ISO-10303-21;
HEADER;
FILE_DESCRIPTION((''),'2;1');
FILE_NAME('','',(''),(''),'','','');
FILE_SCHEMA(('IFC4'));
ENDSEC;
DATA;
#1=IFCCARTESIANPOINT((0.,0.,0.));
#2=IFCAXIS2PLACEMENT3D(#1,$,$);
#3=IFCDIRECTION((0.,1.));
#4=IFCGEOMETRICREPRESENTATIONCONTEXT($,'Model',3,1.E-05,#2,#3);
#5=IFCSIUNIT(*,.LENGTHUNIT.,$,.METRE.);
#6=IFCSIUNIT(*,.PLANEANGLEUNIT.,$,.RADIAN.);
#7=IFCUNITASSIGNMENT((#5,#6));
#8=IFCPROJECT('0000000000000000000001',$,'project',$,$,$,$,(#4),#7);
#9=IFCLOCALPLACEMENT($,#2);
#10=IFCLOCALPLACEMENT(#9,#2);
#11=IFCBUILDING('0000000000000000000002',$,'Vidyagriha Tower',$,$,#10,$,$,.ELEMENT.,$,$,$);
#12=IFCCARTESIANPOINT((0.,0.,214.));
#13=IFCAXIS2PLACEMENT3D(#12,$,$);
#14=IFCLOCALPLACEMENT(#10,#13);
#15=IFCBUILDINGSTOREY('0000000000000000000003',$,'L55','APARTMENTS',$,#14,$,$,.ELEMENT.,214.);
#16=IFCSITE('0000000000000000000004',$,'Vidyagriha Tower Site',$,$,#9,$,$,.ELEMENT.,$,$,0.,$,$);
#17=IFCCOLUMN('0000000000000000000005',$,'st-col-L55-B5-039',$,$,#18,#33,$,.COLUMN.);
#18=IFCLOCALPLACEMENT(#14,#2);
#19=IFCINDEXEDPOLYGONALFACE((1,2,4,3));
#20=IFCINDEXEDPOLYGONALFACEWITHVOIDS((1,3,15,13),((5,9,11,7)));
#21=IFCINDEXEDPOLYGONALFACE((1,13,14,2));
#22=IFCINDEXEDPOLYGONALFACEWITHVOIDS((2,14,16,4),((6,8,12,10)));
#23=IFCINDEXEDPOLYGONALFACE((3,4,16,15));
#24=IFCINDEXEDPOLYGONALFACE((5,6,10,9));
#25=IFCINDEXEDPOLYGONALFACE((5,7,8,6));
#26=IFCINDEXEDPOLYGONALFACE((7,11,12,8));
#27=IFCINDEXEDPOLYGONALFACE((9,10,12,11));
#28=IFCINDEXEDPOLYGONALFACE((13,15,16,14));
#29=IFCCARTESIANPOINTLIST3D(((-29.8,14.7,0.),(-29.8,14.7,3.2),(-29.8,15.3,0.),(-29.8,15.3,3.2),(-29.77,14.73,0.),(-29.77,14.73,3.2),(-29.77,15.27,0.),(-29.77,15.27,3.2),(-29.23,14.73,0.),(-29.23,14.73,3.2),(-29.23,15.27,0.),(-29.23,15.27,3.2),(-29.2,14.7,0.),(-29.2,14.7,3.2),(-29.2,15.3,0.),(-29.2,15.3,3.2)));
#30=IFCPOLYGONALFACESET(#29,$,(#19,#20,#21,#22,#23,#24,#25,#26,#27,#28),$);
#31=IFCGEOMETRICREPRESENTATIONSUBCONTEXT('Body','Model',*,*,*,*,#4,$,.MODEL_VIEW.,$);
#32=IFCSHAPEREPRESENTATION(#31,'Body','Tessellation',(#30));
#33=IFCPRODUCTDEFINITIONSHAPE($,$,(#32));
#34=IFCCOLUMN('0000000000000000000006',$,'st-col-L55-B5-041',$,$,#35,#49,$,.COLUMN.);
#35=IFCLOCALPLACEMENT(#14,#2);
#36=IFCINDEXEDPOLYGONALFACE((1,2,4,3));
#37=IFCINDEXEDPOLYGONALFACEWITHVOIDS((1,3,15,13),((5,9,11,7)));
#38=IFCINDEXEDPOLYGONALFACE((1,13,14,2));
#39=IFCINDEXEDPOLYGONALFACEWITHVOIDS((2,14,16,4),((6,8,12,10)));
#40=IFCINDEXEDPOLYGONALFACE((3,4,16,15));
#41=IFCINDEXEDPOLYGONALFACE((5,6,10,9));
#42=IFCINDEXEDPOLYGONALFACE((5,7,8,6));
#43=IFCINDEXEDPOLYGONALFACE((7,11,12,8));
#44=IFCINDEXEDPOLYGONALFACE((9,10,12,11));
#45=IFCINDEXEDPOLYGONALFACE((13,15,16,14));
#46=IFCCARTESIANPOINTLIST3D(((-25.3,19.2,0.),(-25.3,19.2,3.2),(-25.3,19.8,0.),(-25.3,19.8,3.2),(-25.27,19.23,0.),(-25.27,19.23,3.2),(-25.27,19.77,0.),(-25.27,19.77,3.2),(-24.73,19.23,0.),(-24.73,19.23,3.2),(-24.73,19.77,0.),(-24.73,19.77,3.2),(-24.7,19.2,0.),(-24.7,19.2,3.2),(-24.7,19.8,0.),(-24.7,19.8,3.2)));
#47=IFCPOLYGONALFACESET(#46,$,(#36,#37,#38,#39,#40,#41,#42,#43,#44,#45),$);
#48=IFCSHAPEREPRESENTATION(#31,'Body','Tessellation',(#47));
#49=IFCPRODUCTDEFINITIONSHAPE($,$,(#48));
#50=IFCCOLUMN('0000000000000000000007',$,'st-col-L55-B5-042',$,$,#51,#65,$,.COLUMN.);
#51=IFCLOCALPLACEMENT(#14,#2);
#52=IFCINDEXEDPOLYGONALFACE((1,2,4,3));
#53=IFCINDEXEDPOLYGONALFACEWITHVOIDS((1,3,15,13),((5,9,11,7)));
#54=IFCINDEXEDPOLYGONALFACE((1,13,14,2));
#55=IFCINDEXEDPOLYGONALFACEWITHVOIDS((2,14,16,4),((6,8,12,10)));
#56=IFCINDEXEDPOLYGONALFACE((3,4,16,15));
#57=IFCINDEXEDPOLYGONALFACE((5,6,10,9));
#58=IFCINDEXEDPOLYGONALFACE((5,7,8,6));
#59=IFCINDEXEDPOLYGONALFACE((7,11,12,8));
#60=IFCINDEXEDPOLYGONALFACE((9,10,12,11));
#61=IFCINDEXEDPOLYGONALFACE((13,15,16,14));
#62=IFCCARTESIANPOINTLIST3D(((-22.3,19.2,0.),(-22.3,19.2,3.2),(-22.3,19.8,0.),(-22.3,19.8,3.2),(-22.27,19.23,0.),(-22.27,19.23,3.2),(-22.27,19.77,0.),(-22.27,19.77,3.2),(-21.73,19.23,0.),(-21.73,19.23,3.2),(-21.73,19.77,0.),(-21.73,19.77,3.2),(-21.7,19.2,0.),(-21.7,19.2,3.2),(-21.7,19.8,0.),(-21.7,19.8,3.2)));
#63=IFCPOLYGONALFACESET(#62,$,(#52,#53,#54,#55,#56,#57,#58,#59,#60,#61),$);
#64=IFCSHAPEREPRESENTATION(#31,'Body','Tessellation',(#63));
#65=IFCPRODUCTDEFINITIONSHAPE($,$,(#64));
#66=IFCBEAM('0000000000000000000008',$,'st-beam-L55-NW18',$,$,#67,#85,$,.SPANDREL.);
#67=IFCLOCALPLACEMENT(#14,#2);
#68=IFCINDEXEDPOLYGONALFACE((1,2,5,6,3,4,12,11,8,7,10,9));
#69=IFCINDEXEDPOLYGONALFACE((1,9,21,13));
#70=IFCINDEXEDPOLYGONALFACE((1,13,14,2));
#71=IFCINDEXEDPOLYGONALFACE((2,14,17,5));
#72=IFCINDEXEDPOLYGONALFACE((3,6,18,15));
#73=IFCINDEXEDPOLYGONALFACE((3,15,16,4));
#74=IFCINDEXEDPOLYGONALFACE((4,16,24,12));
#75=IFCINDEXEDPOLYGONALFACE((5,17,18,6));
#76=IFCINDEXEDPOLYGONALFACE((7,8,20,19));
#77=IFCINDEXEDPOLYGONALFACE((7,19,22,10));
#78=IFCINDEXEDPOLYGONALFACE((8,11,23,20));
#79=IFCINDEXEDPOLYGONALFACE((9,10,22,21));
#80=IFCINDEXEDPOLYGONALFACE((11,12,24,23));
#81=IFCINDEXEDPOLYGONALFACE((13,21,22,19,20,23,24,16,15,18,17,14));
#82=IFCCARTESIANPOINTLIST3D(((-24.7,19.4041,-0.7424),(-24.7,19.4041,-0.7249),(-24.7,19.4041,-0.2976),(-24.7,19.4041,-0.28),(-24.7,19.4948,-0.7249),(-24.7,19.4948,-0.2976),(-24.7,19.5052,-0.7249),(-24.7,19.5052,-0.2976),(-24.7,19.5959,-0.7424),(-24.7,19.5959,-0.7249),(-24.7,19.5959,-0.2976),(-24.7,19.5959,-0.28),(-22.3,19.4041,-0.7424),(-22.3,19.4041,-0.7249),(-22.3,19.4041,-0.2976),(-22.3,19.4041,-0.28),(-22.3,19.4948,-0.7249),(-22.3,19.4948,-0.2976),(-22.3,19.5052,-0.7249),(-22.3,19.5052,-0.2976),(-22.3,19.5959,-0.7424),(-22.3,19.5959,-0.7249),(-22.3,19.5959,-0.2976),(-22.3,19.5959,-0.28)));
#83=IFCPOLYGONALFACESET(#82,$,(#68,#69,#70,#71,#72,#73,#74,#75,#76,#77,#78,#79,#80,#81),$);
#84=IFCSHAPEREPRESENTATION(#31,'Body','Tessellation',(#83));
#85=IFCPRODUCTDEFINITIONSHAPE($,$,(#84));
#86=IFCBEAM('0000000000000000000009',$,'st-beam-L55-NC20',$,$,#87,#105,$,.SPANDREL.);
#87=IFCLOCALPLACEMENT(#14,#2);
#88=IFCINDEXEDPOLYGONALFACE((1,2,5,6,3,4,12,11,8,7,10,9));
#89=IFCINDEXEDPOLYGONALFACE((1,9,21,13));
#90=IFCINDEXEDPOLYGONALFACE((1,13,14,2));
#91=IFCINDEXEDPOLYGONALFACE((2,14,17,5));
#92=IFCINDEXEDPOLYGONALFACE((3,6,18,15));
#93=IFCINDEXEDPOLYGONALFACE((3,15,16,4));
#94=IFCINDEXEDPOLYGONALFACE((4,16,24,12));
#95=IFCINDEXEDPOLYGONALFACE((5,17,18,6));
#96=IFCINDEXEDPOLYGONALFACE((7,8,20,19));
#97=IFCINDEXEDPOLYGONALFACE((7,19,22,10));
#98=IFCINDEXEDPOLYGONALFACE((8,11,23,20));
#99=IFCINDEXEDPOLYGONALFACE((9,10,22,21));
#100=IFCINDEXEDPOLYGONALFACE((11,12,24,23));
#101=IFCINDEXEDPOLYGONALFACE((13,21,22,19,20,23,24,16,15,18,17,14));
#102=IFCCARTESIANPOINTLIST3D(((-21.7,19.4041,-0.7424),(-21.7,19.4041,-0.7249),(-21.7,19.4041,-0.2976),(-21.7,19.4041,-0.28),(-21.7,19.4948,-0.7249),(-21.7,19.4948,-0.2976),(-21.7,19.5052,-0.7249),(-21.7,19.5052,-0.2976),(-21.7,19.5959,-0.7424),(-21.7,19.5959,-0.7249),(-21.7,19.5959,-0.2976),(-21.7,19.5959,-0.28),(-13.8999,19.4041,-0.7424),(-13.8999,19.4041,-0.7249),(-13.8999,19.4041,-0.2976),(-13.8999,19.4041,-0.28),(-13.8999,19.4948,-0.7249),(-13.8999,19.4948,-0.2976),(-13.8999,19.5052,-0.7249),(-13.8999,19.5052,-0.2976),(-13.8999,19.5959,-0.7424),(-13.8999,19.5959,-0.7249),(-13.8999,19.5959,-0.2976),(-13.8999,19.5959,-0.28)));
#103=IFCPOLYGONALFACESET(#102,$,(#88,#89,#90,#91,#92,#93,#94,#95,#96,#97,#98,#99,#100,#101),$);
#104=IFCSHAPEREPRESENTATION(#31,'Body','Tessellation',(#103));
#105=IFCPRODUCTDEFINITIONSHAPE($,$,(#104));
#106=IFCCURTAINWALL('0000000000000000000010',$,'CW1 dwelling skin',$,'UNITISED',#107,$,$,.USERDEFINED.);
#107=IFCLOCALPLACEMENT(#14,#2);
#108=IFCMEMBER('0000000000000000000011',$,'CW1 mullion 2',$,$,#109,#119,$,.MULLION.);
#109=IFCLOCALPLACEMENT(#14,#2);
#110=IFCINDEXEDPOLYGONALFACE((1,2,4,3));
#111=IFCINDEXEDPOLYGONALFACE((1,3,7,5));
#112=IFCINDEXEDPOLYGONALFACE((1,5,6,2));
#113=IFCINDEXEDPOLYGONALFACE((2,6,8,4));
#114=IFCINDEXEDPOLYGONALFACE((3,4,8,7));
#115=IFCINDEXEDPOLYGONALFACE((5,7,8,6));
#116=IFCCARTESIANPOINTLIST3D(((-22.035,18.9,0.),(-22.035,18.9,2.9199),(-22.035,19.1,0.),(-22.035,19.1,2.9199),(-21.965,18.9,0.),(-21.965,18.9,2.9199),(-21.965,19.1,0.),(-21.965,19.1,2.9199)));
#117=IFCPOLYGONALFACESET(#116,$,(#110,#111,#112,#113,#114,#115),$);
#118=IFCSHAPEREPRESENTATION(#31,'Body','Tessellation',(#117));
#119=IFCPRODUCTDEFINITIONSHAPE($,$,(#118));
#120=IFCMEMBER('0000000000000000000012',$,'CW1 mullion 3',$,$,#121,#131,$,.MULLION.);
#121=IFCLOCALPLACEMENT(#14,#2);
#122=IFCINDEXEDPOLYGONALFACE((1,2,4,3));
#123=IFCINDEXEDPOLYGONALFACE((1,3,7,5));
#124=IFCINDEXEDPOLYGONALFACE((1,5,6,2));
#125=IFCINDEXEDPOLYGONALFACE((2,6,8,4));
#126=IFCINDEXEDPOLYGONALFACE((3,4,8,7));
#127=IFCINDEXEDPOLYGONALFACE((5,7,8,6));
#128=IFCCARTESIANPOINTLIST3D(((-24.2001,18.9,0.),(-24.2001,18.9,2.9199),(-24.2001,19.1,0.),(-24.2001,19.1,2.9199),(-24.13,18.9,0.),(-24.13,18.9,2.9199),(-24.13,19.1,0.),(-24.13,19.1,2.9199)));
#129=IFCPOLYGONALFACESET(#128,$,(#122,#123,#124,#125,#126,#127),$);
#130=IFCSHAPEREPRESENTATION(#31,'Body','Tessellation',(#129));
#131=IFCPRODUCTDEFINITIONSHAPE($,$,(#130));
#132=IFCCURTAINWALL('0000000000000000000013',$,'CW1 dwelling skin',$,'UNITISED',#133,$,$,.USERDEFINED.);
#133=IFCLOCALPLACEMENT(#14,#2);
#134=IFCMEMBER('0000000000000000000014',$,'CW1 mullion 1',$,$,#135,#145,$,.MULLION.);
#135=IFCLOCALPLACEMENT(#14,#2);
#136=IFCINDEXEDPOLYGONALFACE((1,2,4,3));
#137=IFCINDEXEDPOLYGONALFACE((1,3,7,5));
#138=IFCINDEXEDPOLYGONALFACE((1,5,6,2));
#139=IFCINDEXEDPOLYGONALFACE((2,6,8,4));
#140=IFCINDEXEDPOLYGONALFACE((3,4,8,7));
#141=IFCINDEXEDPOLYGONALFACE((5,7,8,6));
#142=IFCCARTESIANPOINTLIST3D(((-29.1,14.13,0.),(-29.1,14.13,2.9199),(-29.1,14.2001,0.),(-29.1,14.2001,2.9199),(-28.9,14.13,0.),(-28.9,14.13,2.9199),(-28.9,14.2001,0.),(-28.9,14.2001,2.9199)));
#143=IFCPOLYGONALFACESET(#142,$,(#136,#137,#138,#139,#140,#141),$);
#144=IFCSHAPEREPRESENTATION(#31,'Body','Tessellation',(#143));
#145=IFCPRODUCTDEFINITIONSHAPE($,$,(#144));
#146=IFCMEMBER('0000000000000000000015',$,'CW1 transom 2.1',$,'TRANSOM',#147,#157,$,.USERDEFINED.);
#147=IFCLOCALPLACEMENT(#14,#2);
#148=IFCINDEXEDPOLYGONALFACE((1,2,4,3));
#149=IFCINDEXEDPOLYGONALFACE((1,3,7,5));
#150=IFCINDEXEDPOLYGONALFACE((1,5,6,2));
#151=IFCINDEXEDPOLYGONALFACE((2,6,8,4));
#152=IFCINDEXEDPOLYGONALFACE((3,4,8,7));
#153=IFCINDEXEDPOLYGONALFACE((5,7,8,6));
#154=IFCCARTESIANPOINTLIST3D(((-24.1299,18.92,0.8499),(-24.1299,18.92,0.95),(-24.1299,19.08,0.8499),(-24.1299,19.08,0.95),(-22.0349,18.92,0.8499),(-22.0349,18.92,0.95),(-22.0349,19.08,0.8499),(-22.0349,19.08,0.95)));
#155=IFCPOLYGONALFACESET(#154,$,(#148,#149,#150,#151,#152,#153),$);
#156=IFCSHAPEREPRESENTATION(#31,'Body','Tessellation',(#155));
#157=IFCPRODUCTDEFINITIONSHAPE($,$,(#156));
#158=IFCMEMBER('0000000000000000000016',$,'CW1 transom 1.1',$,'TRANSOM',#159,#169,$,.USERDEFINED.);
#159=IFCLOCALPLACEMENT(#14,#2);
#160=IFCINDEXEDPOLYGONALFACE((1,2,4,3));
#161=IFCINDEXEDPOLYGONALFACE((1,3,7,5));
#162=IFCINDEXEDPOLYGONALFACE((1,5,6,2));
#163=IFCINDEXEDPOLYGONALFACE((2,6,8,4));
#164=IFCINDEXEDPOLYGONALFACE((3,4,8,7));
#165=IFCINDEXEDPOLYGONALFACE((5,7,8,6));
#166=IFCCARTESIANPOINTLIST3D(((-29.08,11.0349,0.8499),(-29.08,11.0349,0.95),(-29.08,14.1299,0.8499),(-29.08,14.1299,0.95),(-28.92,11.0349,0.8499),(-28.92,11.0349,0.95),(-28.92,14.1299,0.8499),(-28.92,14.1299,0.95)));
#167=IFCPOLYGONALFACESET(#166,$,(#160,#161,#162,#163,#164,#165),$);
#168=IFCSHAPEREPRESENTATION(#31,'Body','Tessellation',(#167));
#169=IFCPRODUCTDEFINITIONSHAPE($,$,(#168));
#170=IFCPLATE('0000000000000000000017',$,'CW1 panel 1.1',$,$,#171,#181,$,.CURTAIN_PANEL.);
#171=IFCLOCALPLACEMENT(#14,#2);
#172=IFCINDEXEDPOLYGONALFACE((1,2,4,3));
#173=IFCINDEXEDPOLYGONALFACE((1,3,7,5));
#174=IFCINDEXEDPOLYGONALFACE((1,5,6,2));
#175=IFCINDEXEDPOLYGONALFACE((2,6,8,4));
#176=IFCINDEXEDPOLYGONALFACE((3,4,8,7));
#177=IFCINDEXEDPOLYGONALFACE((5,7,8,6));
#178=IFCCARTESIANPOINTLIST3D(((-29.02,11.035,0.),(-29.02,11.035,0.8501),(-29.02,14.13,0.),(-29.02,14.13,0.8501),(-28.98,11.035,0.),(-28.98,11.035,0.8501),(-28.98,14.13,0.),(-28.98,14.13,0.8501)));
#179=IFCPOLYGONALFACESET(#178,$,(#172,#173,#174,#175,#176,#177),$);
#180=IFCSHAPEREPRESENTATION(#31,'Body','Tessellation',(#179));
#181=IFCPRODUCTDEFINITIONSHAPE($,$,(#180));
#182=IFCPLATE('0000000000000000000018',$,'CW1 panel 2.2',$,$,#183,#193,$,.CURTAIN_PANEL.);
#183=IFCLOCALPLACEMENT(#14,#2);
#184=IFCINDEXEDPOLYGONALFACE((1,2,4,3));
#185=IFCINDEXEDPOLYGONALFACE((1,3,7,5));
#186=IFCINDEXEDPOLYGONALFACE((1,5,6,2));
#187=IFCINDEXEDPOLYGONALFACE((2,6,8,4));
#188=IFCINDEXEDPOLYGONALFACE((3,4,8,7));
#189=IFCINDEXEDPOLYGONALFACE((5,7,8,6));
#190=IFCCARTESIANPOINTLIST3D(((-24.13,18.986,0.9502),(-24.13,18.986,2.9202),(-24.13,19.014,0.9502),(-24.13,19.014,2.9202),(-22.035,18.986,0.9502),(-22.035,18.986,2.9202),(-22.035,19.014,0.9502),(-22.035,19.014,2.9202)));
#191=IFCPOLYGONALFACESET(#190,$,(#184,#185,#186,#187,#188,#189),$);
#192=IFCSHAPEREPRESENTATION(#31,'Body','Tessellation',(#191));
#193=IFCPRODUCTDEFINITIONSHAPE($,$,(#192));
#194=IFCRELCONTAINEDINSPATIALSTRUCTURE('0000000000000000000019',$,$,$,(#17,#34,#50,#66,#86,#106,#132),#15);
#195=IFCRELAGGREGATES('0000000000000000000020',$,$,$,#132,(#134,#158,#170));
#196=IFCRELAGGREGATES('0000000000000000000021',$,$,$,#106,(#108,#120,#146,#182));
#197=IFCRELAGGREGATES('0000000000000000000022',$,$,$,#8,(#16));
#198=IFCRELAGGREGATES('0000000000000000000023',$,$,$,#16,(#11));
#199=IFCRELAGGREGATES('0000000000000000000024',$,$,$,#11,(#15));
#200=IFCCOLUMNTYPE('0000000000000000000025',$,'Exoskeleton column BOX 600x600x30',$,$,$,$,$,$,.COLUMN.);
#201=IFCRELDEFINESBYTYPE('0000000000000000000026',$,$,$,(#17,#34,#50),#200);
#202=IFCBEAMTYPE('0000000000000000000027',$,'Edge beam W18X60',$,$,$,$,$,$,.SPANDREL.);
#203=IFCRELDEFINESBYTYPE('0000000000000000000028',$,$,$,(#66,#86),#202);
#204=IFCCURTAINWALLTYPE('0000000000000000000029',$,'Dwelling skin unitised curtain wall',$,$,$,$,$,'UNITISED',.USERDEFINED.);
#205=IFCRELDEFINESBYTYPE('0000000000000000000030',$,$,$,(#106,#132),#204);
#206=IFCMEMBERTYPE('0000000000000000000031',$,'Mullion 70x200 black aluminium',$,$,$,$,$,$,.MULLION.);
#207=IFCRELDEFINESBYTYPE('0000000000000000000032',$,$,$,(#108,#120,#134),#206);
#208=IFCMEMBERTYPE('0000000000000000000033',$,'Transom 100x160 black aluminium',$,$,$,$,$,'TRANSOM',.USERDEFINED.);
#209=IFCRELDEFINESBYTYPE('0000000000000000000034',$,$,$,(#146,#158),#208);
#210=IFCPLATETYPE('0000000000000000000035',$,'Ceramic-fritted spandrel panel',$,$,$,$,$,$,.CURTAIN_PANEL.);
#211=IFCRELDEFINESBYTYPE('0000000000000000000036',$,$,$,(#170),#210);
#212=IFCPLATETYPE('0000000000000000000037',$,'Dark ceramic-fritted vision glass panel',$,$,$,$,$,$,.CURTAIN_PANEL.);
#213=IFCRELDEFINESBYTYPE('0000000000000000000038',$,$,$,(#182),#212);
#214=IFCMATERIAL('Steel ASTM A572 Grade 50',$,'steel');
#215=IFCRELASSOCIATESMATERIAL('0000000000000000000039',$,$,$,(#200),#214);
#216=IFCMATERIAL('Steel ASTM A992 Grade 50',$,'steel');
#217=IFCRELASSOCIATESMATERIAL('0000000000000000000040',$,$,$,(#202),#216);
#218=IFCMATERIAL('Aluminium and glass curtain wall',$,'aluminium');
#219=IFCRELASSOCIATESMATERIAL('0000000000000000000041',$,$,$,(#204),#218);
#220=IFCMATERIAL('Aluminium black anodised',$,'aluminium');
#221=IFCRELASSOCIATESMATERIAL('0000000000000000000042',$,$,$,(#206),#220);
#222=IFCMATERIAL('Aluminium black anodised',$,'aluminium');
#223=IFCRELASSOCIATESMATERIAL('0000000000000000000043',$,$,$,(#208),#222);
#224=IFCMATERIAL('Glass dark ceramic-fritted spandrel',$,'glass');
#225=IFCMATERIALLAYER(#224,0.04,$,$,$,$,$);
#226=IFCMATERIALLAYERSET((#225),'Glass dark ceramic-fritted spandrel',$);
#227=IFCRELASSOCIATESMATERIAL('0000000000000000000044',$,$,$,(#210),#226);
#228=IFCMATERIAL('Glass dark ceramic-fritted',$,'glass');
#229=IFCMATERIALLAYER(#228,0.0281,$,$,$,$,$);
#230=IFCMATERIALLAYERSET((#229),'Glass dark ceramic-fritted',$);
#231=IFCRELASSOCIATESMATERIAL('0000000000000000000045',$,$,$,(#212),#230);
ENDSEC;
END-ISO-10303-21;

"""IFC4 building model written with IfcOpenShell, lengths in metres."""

from ifc_helpers import new_model, si_unit, direction, frame, origin, origin_2d, place, context, subcontext, project, spatial, rectangle, hollow_rectangle, i_section, extrude, material, layer, layer_set, material_profile, profile_set, type_object, element, aggregate, save


model = new_model("IFC4")

# Units and contexts
model_context = context("Model", 3, precision=1e-05, world=origin(), true_north=direction((0.0, 1.0)))
body_context = subcontext(model_context, "Body", "Model", "MODEL_VIEW")
ifc_project = project(units=[si_unit("LENGTHUNIT", "METRE"), si_unit("PLANEANGLEUNIT", "RADIAN")], contexts=[model_context])

# Site, building, storey
site_placement = place(None, origin())
site = spatial("IfcSite", under=ifc_project, at=site_placement, Name="Vidyagriha Tower Site", CompositionType="ELEMENT", RefElevation=0.0)
building_placement = place(site_placement, origin())
building = spatial("IfcBuilding", under=site, at=building_placement, Name="Vidyagriha Tower", CompositionType="ELEMENT")
storey_placement = place(building_placement, frame((0.0, 0.0, 214.0)))
storey = spatial("IfcBuildingStorey", under=building, at=storey_placement, Name="L55", Description="APARTMENTS", CompositionType="ELEMENT", Elevation=214.0)

# Columns
ifc_material_1 = material(Name="Steel ASTM A572 Grade 50", Category="steel")
ifc_material_profile_1 = material_profile(ifc_material_1, hollow_rectangle(XDim=0.6001, YDim=0.6001, WallThickness=0.03, at=origin_2d()), Name="BOX 600x600x30")
ifc_profile_set_1 = profile_set([ifc_material_profile_1], Name="Steel ASTM A572 Grade 50")
column_type = type_object("IfcColumnType", Name="Exoskeleton column BOX 600x600x30", PredefinedType="COLUMN", material=ifc_profile_set_1)
for number, where, name in (
    (1, (-29.5, 15.0, 0.0), "st-col-L55-B5-039"),
    (2, (-25.0, 19.5, 0.0), "st-col-L55-B5-041"),
    (3, (-22.0, 19.5, 0.0), "st-col-L55-B5-042"),
):
    element("IfcColumn", number, at=place(storey_placement, frame(where)), inside=storey, type_object=column_type, Name=name, PredefinedType="COLUMN", context=body_context, shape_type="SweptSolid", body=[
        extrude(hollow_rectangle(XDim=0.6001, YDim=0.6001, WallThickness=0.03, at=origin_2d()), origin(), (0.0, 0.0, 1.0), 3.2),
    ])

# Beams
ifc_material_2 = material(Name="Steel ASTM A992 Grade 50", Category="steel")
ifc_material_profile_2 = material_profile(ifc_material_2, i_section(OverallWidth=0.1919, OverallDepth=0.4624, WebThickness=0.0105, FlangeThickness=0.0176, at=origin_2d()), Name="W18X60")
ifc_profile_set_2 = profile_set([ifc_material_profile_2], Name="Steel ASTM A992 Grade 50")
beam_type = type_object("IfcBeamType", Name="Edge beam W18X60", PredefinedType="SPANDREL", material=ifc_profile_set_2)
beam_1_placement = place(storey_placement, frame((-24.7, 19.5, -0.5112), z_axis=(1.0, 0.0, 0.0), x_axis=(0.0, 1.0, 0.0)))
element("IfcBeam", 4, at=beam_1_placement, inside=storey, type_object=beam_type, Name="st-beam-L55-NW18", PredefinedType="SPANDREL", context=body_context, shape_type="SweptSolid", body=[
    extrude(i_section(OverallWidth=0.1919, OverallDepth=0.4624, WebThickness=0.0105, FlangeThickness=0.0176, at=origin_2d()), origin(), (0.0, 0.0, 1.0), 2.3999),
])
beam_2_placement = place(storey_placement, frame((-21.7, 19.5, -0.5112), z_axis=(1.0, 0.0, 0.0), x_axis=(0.0, 1.0, 0.0)))
element("IfcBeam", 5, at=beam_2_placement, inside=storey, type_object=beam_type, Name="st-beam-L55-NC20", PredefinedType="SPANDREL", context=body_context, shape_type="SweptSolid", body=[
    extrude(i_section(OverallWidth=0.1919, OverallDepth=0.4624, WebThickness=0.0105, FlangeThickness=0.0176, at=origin_2d()), origin(), (0.0, 0.0, 1.0), 7.8),
])

# Curtain wall, members
ifc_material_3 = material(Name="Aluminium and glass curtain wall", Category="aluminium")
curtain_wall_type = type_object("IfcCurtainWallType", Name="Dwelling skin unitised curtain wall", ElementType="UNITISED", PredefinedType="USERDEFINED", material=ifc_material_3)
curtain_wall_1_placement = place(storey_placement, origin())
curtain_wall_1 = element("IfcCurtainWall", 6, at=curtain_wall_1_placement, inside=storey, type_object=curtain_wall_type, Name="CW1 dwelling skin", ObjectType="UNITISED", PredefinedType="USERDEFINED")
ifc_material_4 = material(Name="Aluminium black anodised", Category="aluminium")
ifc_material_profile_3 = material_profile(ifc_material_4, rectangle(XDim=0.2, YDim=0.0701, at=origin_2d()), Name="Mullion 70x200 black aluminium")
ifc_profile_set_3 = profile_set([ifc_material_profile_3], Name="Aluminium black anodised")
member_type_1 = type_object("IfcMemberType", Name="Mullion 70x200 black aluminium", PredefinedType="MULLION", material=ifc_profile_set_3)
member_1_placement = place(storey_placement, frame((-22.0, 19.0, 0.0), z_axis=(0.0, 0.0, 1.0), x_axis=(0.0, -1.0, 0.0)))
member_1 = element("IfcMember", 7, at=member_1_placement, type_object=member_type_1, Name="CW1 mullion 2", PredefinedType="MULLION", context=body_context, shape_type="SweptSolid", body=[
    extrude(rectangle(XDim=0.2, YDim=0.0701, at=origin_2d()), origin(), (0.0, 0.0, 1.0), 2.9199),
])
member_2_placement = place(storey_placement, frame((-24.165, 19.0, 0.0), z_axis=(0.0, 0.0, 1.0), x_axis=(0.0, -1.0, 0.0)))
member_2 = element("IfcMember", 8, at=member_2_placement, type_object=member_type_1, Name="CW1 mullion 3", PredefinedType="MULLION", context=body_context, shape_type="SweptSolid", body=[
    extrude(rectangle(XDim=0.2, YDim=0.0701, at=origin_2d()), origin(), (0.0, 0.0, 1.0), 2.9199),
])

# Curtain wall, member
curtain_wall_2_placement = place(storey_placement, origin())
curtain_wall_2 = element("IfcCurtainWall", 9, at=curtain_wall_2_placement, inside=storey, type_object=curtain_wall_type, Name="CW1 dwelling skin", ObjectType="UNITISED", PredefinedType="USERDEFINED")
member_3_placement = place(storey_placement, frame((-29.0, 14.165, 0.0)))
member_3 = element("IfcMember", 10, at=member_3_placement, type_object=member_type_1, Name="CW1 mullion 1", PredefinedType="MULLION", context=body_context, shape_type="SweptSolid", body=[
    extrude(rectangle(XDim=0.2, YDim=0.0701, at=origin_2d()), origin(), (0.0, 0.0, 1.0), 2.9199),
])

# Members
ifc_material_5 = material(Name="Aluminium black anodised", Category="aluminium")
ifc_material_profile_4 = material_profile(ifc_material_5, rectangle(XDim=0.1599, YDim=0.1001, at=origin_2d()), Name="Transom 100x160 black aluminium")
ifc_profile_set_4 = profile_set([ifc_material_profile_4], Name="Aluminium black anodised")
member_type_2 = type_object("IfcMemberType", Name="Transom 100x160 black aluminium", ElementType="TRANSOM", PredefinedType="USERDEFINED", material=ifc_profile_set_4)
member_4_placement = place(storey_placement, frame((-22.0349, 19.0, 0.8999), z_axis=(-1.0, 0.0, 0.0), x_axis=(0.0, -1.0, 0.0)))
member_4 = element("IfcMember", 11, at=member_4_placement, type_object=member_type_2, Name="CW1 transom 2.1", ObjectType="TRANSOM", PredefinedType="USERDEFINED", context=body_context, shape_type="SweptSolid", body=[
    extrude(rectangle(XDim=0.1599, YDim=0.1001, at=origin_2d()), origin(), (0.0, 0.0, 1.0), 2.095),
])
member_5_placement = place(storey_placement, frame((-29.0, 14.1299, 0.8999), z_axis=(0.0, -1.0, 0.0), x_axis=(1.0, 0.0, 0.0)))
member_5 = element("IfcMember", 12, at=member_5_placement, type_object=member_type_2, Name="CW1 transom 1.1", ObjectType="TRANSOM", PredefinedType="USERDEFINED", context=body_context, shape_type="SweptSolid", body=[
    extrude(rectangle(XDim=0.1599, YDim=0.1001, at=origin_2d()), origin(), (0.0, 0.0, 1.0), 3.095),
])

# Plates
ifc_material_6 = material(Name="Glass dark ceramic-fritted spandrel", Category="glass")
ifc_layer_1 = layer(ifc_material_6, 0.04)
ifc_layer_set_1 = layer_set([ifc_layer_1], Name="Glass dark ceramic-fritted spandrel")
plate_type_1 = type_object("IfcPlateType", Name="Ceramic-fritted spandrel panel", PredefinedType="CURTAIN_PANEL", material=ifc_layer_set_1)
plate_1_placement = place(storey_placement, frame((-29.0, 12.5825, 0.0), z_axis=(0.0, 0.0, 1.0), x_axis=(0.0, -1.0, 0.0)))
plate_1 = element("IfcPlate", 13, at=plate_1_placement, type_object=plate_type_1, Name="CW1 panel 1.1", PredefinedType="CURTAIN_PANEL", context=body_context, shape_type="SweptSolid", body=[
    extrude(rectangle(XDim=3.095, YDim=0.04, at=origin_2d()), origin(), (0.0, 0.0, 1.0), 0.8501),
])
ifc_material_7 = material(Name="Glass dark ceramic-fritted", Category="glass")
ifc_layer_2 = layer(ifc_material_7, 0.0281)
ifc_layer_set_2 = layer_set([ifc_layer_2], Name="Glass dark ceramic-fritted")
plate_type_2 = type_object("IfcPlateType", Name="Dark ceramic-fritted vision glass panel", PredefinedType="CURTAIN_PANEL", material=ifc_layer_set_2)
plate_2_placement = place(storey_placement, frame((-23.0825, 19.0, 0.9502), z_axis=(0.0, 0.0, 1.0), x_axis=(-1.0, 0.0, 0.0)))
plate_2 = element("IfcPlate", 14, at=plate_2_placement, type_object=plate_type_2, Name="CW1 panel 2.2", PredefinedType="CURTAIN_PANEL", context=body_context, shape_type="SweptSolid", body=[
    extrude(rectangle(XDim=2.095, YDim=0.0281, at=origin_2d()), origin(), (0.0, 0.0, 1.0), 1.97),
])
aggregate(curtain_wall_2, [member_3, member_5, plate_1])
aggregate(curtain_wall_1, [member_1, member_2, member_4, plate_2])

save(model, "model.ifc")
